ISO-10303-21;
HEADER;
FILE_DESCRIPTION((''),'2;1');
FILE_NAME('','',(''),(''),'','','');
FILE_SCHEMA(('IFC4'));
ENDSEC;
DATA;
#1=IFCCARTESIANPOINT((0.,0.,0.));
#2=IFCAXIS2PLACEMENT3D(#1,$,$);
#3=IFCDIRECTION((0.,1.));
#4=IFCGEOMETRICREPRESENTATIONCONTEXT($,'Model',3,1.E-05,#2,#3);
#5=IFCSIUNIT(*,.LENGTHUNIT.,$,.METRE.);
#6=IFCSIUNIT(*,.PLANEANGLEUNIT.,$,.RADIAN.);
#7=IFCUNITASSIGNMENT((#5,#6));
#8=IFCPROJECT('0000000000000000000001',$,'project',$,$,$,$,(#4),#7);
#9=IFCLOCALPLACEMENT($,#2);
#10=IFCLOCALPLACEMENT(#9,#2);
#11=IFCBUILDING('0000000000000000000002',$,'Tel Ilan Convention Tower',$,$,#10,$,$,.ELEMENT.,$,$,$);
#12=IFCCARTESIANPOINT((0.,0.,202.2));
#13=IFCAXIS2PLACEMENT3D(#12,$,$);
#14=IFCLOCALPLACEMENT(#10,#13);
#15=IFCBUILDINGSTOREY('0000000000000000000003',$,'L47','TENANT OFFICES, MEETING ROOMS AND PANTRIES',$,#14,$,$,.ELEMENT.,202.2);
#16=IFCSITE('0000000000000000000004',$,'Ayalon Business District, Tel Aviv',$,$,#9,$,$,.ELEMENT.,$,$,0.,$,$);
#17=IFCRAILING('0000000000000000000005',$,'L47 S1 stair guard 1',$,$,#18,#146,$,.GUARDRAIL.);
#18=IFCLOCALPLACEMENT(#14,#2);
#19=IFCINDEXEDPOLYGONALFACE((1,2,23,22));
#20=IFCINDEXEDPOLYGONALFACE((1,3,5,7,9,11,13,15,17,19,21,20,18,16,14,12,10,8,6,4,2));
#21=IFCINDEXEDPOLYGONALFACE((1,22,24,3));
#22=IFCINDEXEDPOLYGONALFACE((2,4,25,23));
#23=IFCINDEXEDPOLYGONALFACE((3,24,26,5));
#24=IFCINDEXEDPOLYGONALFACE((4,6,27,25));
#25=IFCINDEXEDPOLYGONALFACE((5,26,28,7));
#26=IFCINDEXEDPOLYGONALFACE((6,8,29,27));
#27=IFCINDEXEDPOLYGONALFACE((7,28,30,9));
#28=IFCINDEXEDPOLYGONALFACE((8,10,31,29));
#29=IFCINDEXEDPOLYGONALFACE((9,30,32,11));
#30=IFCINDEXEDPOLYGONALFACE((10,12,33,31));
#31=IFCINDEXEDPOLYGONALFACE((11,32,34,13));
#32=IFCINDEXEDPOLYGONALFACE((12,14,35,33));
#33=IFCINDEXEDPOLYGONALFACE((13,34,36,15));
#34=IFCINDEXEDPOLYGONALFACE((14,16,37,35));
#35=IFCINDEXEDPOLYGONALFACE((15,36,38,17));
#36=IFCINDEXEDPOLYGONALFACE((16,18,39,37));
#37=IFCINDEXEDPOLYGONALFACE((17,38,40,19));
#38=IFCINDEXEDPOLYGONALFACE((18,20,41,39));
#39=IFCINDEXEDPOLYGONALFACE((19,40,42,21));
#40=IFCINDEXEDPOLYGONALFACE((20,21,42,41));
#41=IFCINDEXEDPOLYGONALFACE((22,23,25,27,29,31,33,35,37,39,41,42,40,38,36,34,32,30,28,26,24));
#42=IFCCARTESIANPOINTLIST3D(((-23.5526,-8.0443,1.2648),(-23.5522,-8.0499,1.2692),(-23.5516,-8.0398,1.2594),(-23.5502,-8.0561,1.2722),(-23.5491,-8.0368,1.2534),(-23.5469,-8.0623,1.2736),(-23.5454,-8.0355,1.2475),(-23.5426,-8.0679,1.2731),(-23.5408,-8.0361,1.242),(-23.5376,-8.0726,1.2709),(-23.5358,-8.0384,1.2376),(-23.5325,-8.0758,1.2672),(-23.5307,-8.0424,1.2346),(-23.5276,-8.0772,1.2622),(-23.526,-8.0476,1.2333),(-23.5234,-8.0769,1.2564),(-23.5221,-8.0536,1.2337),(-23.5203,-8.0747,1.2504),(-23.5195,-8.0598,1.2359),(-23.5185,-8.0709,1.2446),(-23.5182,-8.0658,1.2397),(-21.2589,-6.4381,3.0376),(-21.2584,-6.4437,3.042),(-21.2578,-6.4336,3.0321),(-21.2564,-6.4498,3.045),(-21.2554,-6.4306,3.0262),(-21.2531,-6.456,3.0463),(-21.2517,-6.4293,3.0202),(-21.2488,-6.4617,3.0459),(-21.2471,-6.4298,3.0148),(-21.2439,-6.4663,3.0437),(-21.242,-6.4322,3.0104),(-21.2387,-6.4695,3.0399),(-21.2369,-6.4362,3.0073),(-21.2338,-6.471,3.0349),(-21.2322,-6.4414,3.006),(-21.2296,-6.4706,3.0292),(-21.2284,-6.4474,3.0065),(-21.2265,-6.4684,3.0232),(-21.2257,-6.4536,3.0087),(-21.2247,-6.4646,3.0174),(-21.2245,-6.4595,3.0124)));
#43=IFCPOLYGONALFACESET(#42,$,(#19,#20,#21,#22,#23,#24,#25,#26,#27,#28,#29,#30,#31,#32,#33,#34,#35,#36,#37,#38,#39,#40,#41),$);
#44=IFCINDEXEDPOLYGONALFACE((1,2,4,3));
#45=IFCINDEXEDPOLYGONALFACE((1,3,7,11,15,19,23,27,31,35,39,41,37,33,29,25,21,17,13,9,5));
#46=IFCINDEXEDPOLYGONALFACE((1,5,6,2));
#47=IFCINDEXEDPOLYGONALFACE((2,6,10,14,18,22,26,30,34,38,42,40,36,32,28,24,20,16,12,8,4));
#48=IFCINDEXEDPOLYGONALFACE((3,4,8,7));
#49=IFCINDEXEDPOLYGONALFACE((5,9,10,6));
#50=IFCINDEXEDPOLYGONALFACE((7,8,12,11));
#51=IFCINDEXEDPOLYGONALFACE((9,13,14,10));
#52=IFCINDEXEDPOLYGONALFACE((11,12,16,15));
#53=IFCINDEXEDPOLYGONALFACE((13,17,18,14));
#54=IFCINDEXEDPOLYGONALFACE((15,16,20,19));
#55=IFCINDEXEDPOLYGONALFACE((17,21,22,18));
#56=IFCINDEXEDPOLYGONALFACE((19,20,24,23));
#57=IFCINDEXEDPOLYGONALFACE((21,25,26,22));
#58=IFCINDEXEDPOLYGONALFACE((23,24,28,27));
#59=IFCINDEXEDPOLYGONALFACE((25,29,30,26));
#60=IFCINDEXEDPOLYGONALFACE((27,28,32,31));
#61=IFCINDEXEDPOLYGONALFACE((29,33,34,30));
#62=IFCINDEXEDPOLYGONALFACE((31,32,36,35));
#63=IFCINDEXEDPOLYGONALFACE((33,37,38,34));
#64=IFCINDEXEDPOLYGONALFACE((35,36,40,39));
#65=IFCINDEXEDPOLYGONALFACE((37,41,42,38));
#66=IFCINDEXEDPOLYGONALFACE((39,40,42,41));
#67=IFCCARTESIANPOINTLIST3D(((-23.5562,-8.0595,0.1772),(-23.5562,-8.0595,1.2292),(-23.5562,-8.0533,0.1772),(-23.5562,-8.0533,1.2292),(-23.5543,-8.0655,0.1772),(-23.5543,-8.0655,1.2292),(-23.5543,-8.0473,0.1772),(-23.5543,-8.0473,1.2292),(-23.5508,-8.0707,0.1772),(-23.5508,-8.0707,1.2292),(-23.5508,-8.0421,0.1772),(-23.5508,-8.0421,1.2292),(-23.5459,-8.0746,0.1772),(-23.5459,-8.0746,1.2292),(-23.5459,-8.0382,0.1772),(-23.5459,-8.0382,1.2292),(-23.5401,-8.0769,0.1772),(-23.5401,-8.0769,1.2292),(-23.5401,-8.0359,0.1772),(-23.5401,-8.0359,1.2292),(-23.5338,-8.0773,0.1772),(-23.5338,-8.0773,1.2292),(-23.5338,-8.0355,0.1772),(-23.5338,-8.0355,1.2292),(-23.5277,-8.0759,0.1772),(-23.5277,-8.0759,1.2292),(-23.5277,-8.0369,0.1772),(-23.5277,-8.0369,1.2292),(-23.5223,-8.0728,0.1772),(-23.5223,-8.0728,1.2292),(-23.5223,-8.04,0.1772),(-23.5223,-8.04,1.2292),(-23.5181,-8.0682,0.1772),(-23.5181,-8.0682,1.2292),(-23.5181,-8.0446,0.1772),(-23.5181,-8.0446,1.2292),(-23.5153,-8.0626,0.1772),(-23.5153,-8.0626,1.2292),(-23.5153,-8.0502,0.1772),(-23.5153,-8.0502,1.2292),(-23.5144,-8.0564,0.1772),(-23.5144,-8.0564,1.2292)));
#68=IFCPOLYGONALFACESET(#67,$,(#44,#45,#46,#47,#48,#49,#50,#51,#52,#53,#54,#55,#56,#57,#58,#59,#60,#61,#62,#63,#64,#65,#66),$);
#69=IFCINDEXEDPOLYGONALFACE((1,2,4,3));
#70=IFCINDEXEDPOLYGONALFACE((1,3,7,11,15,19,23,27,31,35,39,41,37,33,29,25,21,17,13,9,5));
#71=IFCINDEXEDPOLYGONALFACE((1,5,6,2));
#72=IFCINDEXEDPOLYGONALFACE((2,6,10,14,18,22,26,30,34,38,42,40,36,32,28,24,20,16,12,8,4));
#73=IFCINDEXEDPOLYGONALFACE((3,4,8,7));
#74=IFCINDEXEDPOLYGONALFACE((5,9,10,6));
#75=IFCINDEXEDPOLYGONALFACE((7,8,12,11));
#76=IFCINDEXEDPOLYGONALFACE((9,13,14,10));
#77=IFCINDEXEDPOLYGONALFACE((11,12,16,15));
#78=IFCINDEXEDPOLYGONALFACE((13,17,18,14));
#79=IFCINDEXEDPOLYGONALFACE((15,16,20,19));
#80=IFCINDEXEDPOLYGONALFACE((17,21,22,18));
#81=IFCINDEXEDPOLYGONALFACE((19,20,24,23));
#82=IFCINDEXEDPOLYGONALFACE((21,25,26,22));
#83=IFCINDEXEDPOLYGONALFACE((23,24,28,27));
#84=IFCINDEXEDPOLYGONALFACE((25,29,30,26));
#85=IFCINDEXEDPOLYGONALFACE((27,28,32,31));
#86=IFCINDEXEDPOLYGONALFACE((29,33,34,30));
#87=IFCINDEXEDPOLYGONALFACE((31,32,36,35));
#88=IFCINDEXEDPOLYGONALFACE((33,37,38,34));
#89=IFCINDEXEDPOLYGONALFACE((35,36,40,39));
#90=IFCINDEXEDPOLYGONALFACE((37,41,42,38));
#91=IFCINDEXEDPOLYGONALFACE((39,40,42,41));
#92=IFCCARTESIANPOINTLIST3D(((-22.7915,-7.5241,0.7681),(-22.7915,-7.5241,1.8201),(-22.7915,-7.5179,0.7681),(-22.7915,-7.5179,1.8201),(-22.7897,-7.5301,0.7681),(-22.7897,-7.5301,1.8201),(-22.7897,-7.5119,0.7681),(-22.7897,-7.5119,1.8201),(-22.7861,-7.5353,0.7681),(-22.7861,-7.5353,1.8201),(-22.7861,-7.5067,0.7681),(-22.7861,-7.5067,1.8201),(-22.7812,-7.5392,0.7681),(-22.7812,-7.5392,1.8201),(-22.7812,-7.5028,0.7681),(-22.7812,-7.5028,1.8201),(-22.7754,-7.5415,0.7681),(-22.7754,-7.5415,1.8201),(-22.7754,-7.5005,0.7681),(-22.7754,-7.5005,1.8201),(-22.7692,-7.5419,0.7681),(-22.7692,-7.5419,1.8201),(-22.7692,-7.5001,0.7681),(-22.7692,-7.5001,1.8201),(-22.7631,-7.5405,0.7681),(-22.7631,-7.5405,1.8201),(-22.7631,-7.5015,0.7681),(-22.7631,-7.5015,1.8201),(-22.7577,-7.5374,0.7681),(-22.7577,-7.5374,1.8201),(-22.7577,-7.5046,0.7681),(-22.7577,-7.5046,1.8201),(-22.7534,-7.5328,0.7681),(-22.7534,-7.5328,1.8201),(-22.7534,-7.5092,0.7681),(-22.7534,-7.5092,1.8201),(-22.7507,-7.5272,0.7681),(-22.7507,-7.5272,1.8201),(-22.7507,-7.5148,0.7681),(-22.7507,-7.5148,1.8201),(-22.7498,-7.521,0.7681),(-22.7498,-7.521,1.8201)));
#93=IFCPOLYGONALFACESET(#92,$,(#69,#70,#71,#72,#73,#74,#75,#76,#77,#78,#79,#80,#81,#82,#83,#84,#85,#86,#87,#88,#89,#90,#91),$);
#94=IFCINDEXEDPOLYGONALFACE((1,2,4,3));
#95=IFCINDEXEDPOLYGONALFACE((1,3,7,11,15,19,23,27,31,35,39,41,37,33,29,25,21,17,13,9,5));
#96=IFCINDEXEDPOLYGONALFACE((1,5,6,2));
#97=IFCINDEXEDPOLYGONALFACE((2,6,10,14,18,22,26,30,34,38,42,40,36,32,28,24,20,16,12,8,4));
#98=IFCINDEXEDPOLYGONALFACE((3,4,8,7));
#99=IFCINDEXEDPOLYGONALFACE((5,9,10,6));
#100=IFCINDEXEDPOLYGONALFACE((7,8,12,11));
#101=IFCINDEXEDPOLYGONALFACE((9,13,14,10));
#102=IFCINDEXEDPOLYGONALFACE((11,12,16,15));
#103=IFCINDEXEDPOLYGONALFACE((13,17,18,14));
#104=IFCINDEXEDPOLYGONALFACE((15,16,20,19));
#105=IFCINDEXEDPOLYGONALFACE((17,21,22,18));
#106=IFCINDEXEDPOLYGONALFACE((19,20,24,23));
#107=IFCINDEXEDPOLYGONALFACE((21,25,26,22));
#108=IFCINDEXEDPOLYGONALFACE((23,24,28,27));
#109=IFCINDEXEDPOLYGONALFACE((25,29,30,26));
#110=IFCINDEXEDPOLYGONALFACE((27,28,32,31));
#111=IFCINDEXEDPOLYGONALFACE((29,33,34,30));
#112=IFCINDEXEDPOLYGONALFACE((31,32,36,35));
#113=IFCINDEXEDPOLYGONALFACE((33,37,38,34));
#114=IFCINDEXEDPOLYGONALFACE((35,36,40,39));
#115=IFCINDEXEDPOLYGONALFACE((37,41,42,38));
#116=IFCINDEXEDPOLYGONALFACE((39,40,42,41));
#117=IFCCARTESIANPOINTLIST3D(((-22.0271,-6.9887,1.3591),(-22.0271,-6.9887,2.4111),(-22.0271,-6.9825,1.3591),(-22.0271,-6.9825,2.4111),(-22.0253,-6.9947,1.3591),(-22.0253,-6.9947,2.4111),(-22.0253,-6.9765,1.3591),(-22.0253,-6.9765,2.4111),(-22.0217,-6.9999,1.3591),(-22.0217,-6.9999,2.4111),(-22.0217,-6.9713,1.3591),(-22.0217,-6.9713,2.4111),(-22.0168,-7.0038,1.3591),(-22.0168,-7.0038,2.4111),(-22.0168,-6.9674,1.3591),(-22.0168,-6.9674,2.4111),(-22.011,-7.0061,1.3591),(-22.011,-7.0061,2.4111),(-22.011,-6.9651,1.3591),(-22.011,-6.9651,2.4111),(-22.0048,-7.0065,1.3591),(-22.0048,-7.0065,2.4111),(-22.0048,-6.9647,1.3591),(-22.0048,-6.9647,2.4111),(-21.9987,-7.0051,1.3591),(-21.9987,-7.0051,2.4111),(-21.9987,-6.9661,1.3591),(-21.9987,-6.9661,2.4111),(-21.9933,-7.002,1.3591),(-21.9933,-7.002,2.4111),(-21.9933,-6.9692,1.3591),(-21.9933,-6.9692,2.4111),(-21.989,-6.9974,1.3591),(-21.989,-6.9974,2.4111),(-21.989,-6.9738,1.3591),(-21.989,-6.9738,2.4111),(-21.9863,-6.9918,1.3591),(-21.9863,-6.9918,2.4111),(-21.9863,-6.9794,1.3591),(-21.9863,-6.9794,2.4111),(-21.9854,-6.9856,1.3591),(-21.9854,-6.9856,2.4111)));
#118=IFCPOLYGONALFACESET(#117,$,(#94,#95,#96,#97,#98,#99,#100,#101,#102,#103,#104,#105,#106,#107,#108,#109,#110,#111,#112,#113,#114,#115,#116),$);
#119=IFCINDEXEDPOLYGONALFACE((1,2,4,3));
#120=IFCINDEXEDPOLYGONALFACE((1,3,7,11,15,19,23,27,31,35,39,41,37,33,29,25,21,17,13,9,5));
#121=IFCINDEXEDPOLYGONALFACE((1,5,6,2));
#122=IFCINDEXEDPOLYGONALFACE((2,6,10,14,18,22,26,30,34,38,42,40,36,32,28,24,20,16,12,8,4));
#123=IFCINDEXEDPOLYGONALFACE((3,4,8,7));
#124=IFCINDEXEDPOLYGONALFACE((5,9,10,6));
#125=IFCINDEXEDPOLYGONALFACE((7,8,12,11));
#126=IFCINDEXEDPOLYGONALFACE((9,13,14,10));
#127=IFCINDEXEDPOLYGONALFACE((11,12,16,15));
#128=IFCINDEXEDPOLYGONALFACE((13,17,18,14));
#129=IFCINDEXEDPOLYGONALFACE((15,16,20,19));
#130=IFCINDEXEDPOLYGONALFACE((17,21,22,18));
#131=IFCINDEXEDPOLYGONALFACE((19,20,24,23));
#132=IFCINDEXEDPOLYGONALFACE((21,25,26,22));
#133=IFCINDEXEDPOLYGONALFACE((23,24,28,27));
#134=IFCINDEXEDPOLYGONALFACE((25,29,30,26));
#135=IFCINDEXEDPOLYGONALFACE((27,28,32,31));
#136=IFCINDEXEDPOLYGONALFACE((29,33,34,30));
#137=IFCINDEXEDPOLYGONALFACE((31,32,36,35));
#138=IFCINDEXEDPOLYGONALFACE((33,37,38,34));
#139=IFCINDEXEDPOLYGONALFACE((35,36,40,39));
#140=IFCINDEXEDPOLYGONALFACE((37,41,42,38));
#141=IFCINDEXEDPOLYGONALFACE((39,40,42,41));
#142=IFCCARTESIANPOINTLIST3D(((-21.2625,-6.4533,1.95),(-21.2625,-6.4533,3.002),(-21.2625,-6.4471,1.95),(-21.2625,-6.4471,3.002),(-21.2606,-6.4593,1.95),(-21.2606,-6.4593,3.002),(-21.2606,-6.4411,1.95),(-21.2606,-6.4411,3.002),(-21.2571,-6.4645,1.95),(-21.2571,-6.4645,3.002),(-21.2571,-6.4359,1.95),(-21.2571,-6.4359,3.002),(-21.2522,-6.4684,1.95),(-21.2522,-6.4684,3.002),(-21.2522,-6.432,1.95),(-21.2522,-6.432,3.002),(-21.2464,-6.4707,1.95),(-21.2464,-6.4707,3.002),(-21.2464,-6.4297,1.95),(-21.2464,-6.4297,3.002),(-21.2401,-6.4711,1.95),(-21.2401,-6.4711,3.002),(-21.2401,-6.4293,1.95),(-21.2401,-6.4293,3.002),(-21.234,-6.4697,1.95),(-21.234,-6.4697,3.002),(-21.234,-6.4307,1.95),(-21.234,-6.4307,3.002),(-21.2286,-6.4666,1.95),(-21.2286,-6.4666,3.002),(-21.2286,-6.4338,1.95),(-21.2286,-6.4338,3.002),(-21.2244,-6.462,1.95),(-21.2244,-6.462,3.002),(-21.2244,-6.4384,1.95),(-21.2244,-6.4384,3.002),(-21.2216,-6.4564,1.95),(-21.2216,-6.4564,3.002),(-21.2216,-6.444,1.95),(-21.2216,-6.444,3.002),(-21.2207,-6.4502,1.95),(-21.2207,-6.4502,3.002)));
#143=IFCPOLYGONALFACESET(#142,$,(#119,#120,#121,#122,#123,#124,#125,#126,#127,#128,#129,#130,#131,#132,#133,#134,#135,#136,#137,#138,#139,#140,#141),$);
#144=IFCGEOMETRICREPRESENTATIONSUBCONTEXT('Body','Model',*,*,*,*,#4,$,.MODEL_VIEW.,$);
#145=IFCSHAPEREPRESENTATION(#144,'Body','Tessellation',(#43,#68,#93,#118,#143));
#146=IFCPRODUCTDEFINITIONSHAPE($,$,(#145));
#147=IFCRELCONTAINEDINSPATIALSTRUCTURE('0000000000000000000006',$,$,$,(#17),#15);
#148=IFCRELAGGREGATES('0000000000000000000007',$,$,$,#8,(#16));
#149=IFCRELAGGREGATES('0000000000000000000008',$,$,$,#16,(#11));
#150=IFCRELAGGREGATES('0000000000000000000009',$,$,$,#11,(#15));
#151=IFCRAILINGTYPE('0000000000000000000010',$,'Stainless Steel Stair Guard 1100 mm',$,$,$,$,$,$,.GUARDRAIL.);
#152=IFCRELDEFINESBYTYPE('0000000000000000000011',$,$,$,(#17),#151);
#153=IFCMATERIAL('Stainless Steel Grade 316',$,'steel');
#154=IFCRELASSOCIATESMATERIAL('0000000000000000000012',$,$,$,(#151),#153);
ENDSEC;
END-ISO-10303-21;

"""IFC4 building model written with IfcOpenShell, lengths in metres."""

from ifc_helpers import new_model, si_unit, direction, frame, origin, origin_2d, place, context, subcontext, project, spatial, circle, extrude, material, type_object, element, save


model = new_model("IFC4")

# Units and contexts
model_context = context("Model", 3, precision=1e-05, world=origin(), true_north=direction((0.0, 1.0)))
body_context = subcontext(model_context, "Body", "Model", "MODEL_VIEW")
ifc_project = project(units=[si_unit("LENGTHUNIT", "METRE"), si_unit("PLANEANGLEUNIT", "RADIAN")], contexts=[model_context])

# Site, building, storey
site_placement = place(None, origin())
site = spatial("IfcSite", under=ifc_project, at=site_placement, Name="Ayalon Business District, Tel Aviv", CompositionType="ELEMENT", RefElevation=0.0)
building_placement = place(site_placement, origin())
building = spatial("IfcBuilding", under=site, at=building_placement, Name="Tel Ilan Convention Tower", CompositionType="ELEMENT")
storey_placement = place(building_placement, frame((0.0, 0.0, 202.2)))
storey = spatial("IfcBuildingStorey", under=building, at=storey_placement, Name="L47", Description="TENANT OFFICES, MEETING ROOMS AND PANTRIES", CompositionType="ELEMENT", Elevation=202.2)

# Railing
ifc_material_1 = material(Name="Stainless Steel Grade 316", Category="steel")
railing_type = type_object("IfcRailingType", Name="Stainless Steel Stair Guard 1100 mm", PredefinedType="GUARDRAIL", material=ifc_material_1)
railing_1_placement = place(storey_placement, frame((-23.5354, -8.0564, 0.1772)))
element("IfcRailing", 1, at=railing_1_placement, inside=storey, type_object=railing_type, Name="L47 S1 stair guard 1", PredefinedType="GUARDRAIL", context=body_context, shape_type="SweptSolid", body=[
    extrude(circle(Radius=0.0239, at=origin_2d()), frame((0.0, 0.0, 1.0762), z_axis=(0.692098, 0.484653, 0.534894), x_axis=(-0.573609, 0.81913, 0.0)), (0.0, 0.0, 1.0), 3.3142),
    extrude(circle(Radius=0.021, at=origin_2d()), origin(), (0.0, 0.0, 1.0), 1.052),
    extrude(circle(Radius=0.021, at=origin_2d()), frame((0.7646, 0.5354, 0.5908)), (0.0, 0.0, 1.0), 1.052),
    extrude(circle(Radius=0.021, at=origin_2d()), frame((1.5291, 1.0708, 1.1819)), (0.0, 0.0, 1.0), 1.052),
    extrude(circle(Radius=0.021, at=origin_2d()), frame((2.2937, 1.6062, 1.7727)), (0.0, 0.0, 1.0), 1.052),
])

save(model, "model.ifc")
